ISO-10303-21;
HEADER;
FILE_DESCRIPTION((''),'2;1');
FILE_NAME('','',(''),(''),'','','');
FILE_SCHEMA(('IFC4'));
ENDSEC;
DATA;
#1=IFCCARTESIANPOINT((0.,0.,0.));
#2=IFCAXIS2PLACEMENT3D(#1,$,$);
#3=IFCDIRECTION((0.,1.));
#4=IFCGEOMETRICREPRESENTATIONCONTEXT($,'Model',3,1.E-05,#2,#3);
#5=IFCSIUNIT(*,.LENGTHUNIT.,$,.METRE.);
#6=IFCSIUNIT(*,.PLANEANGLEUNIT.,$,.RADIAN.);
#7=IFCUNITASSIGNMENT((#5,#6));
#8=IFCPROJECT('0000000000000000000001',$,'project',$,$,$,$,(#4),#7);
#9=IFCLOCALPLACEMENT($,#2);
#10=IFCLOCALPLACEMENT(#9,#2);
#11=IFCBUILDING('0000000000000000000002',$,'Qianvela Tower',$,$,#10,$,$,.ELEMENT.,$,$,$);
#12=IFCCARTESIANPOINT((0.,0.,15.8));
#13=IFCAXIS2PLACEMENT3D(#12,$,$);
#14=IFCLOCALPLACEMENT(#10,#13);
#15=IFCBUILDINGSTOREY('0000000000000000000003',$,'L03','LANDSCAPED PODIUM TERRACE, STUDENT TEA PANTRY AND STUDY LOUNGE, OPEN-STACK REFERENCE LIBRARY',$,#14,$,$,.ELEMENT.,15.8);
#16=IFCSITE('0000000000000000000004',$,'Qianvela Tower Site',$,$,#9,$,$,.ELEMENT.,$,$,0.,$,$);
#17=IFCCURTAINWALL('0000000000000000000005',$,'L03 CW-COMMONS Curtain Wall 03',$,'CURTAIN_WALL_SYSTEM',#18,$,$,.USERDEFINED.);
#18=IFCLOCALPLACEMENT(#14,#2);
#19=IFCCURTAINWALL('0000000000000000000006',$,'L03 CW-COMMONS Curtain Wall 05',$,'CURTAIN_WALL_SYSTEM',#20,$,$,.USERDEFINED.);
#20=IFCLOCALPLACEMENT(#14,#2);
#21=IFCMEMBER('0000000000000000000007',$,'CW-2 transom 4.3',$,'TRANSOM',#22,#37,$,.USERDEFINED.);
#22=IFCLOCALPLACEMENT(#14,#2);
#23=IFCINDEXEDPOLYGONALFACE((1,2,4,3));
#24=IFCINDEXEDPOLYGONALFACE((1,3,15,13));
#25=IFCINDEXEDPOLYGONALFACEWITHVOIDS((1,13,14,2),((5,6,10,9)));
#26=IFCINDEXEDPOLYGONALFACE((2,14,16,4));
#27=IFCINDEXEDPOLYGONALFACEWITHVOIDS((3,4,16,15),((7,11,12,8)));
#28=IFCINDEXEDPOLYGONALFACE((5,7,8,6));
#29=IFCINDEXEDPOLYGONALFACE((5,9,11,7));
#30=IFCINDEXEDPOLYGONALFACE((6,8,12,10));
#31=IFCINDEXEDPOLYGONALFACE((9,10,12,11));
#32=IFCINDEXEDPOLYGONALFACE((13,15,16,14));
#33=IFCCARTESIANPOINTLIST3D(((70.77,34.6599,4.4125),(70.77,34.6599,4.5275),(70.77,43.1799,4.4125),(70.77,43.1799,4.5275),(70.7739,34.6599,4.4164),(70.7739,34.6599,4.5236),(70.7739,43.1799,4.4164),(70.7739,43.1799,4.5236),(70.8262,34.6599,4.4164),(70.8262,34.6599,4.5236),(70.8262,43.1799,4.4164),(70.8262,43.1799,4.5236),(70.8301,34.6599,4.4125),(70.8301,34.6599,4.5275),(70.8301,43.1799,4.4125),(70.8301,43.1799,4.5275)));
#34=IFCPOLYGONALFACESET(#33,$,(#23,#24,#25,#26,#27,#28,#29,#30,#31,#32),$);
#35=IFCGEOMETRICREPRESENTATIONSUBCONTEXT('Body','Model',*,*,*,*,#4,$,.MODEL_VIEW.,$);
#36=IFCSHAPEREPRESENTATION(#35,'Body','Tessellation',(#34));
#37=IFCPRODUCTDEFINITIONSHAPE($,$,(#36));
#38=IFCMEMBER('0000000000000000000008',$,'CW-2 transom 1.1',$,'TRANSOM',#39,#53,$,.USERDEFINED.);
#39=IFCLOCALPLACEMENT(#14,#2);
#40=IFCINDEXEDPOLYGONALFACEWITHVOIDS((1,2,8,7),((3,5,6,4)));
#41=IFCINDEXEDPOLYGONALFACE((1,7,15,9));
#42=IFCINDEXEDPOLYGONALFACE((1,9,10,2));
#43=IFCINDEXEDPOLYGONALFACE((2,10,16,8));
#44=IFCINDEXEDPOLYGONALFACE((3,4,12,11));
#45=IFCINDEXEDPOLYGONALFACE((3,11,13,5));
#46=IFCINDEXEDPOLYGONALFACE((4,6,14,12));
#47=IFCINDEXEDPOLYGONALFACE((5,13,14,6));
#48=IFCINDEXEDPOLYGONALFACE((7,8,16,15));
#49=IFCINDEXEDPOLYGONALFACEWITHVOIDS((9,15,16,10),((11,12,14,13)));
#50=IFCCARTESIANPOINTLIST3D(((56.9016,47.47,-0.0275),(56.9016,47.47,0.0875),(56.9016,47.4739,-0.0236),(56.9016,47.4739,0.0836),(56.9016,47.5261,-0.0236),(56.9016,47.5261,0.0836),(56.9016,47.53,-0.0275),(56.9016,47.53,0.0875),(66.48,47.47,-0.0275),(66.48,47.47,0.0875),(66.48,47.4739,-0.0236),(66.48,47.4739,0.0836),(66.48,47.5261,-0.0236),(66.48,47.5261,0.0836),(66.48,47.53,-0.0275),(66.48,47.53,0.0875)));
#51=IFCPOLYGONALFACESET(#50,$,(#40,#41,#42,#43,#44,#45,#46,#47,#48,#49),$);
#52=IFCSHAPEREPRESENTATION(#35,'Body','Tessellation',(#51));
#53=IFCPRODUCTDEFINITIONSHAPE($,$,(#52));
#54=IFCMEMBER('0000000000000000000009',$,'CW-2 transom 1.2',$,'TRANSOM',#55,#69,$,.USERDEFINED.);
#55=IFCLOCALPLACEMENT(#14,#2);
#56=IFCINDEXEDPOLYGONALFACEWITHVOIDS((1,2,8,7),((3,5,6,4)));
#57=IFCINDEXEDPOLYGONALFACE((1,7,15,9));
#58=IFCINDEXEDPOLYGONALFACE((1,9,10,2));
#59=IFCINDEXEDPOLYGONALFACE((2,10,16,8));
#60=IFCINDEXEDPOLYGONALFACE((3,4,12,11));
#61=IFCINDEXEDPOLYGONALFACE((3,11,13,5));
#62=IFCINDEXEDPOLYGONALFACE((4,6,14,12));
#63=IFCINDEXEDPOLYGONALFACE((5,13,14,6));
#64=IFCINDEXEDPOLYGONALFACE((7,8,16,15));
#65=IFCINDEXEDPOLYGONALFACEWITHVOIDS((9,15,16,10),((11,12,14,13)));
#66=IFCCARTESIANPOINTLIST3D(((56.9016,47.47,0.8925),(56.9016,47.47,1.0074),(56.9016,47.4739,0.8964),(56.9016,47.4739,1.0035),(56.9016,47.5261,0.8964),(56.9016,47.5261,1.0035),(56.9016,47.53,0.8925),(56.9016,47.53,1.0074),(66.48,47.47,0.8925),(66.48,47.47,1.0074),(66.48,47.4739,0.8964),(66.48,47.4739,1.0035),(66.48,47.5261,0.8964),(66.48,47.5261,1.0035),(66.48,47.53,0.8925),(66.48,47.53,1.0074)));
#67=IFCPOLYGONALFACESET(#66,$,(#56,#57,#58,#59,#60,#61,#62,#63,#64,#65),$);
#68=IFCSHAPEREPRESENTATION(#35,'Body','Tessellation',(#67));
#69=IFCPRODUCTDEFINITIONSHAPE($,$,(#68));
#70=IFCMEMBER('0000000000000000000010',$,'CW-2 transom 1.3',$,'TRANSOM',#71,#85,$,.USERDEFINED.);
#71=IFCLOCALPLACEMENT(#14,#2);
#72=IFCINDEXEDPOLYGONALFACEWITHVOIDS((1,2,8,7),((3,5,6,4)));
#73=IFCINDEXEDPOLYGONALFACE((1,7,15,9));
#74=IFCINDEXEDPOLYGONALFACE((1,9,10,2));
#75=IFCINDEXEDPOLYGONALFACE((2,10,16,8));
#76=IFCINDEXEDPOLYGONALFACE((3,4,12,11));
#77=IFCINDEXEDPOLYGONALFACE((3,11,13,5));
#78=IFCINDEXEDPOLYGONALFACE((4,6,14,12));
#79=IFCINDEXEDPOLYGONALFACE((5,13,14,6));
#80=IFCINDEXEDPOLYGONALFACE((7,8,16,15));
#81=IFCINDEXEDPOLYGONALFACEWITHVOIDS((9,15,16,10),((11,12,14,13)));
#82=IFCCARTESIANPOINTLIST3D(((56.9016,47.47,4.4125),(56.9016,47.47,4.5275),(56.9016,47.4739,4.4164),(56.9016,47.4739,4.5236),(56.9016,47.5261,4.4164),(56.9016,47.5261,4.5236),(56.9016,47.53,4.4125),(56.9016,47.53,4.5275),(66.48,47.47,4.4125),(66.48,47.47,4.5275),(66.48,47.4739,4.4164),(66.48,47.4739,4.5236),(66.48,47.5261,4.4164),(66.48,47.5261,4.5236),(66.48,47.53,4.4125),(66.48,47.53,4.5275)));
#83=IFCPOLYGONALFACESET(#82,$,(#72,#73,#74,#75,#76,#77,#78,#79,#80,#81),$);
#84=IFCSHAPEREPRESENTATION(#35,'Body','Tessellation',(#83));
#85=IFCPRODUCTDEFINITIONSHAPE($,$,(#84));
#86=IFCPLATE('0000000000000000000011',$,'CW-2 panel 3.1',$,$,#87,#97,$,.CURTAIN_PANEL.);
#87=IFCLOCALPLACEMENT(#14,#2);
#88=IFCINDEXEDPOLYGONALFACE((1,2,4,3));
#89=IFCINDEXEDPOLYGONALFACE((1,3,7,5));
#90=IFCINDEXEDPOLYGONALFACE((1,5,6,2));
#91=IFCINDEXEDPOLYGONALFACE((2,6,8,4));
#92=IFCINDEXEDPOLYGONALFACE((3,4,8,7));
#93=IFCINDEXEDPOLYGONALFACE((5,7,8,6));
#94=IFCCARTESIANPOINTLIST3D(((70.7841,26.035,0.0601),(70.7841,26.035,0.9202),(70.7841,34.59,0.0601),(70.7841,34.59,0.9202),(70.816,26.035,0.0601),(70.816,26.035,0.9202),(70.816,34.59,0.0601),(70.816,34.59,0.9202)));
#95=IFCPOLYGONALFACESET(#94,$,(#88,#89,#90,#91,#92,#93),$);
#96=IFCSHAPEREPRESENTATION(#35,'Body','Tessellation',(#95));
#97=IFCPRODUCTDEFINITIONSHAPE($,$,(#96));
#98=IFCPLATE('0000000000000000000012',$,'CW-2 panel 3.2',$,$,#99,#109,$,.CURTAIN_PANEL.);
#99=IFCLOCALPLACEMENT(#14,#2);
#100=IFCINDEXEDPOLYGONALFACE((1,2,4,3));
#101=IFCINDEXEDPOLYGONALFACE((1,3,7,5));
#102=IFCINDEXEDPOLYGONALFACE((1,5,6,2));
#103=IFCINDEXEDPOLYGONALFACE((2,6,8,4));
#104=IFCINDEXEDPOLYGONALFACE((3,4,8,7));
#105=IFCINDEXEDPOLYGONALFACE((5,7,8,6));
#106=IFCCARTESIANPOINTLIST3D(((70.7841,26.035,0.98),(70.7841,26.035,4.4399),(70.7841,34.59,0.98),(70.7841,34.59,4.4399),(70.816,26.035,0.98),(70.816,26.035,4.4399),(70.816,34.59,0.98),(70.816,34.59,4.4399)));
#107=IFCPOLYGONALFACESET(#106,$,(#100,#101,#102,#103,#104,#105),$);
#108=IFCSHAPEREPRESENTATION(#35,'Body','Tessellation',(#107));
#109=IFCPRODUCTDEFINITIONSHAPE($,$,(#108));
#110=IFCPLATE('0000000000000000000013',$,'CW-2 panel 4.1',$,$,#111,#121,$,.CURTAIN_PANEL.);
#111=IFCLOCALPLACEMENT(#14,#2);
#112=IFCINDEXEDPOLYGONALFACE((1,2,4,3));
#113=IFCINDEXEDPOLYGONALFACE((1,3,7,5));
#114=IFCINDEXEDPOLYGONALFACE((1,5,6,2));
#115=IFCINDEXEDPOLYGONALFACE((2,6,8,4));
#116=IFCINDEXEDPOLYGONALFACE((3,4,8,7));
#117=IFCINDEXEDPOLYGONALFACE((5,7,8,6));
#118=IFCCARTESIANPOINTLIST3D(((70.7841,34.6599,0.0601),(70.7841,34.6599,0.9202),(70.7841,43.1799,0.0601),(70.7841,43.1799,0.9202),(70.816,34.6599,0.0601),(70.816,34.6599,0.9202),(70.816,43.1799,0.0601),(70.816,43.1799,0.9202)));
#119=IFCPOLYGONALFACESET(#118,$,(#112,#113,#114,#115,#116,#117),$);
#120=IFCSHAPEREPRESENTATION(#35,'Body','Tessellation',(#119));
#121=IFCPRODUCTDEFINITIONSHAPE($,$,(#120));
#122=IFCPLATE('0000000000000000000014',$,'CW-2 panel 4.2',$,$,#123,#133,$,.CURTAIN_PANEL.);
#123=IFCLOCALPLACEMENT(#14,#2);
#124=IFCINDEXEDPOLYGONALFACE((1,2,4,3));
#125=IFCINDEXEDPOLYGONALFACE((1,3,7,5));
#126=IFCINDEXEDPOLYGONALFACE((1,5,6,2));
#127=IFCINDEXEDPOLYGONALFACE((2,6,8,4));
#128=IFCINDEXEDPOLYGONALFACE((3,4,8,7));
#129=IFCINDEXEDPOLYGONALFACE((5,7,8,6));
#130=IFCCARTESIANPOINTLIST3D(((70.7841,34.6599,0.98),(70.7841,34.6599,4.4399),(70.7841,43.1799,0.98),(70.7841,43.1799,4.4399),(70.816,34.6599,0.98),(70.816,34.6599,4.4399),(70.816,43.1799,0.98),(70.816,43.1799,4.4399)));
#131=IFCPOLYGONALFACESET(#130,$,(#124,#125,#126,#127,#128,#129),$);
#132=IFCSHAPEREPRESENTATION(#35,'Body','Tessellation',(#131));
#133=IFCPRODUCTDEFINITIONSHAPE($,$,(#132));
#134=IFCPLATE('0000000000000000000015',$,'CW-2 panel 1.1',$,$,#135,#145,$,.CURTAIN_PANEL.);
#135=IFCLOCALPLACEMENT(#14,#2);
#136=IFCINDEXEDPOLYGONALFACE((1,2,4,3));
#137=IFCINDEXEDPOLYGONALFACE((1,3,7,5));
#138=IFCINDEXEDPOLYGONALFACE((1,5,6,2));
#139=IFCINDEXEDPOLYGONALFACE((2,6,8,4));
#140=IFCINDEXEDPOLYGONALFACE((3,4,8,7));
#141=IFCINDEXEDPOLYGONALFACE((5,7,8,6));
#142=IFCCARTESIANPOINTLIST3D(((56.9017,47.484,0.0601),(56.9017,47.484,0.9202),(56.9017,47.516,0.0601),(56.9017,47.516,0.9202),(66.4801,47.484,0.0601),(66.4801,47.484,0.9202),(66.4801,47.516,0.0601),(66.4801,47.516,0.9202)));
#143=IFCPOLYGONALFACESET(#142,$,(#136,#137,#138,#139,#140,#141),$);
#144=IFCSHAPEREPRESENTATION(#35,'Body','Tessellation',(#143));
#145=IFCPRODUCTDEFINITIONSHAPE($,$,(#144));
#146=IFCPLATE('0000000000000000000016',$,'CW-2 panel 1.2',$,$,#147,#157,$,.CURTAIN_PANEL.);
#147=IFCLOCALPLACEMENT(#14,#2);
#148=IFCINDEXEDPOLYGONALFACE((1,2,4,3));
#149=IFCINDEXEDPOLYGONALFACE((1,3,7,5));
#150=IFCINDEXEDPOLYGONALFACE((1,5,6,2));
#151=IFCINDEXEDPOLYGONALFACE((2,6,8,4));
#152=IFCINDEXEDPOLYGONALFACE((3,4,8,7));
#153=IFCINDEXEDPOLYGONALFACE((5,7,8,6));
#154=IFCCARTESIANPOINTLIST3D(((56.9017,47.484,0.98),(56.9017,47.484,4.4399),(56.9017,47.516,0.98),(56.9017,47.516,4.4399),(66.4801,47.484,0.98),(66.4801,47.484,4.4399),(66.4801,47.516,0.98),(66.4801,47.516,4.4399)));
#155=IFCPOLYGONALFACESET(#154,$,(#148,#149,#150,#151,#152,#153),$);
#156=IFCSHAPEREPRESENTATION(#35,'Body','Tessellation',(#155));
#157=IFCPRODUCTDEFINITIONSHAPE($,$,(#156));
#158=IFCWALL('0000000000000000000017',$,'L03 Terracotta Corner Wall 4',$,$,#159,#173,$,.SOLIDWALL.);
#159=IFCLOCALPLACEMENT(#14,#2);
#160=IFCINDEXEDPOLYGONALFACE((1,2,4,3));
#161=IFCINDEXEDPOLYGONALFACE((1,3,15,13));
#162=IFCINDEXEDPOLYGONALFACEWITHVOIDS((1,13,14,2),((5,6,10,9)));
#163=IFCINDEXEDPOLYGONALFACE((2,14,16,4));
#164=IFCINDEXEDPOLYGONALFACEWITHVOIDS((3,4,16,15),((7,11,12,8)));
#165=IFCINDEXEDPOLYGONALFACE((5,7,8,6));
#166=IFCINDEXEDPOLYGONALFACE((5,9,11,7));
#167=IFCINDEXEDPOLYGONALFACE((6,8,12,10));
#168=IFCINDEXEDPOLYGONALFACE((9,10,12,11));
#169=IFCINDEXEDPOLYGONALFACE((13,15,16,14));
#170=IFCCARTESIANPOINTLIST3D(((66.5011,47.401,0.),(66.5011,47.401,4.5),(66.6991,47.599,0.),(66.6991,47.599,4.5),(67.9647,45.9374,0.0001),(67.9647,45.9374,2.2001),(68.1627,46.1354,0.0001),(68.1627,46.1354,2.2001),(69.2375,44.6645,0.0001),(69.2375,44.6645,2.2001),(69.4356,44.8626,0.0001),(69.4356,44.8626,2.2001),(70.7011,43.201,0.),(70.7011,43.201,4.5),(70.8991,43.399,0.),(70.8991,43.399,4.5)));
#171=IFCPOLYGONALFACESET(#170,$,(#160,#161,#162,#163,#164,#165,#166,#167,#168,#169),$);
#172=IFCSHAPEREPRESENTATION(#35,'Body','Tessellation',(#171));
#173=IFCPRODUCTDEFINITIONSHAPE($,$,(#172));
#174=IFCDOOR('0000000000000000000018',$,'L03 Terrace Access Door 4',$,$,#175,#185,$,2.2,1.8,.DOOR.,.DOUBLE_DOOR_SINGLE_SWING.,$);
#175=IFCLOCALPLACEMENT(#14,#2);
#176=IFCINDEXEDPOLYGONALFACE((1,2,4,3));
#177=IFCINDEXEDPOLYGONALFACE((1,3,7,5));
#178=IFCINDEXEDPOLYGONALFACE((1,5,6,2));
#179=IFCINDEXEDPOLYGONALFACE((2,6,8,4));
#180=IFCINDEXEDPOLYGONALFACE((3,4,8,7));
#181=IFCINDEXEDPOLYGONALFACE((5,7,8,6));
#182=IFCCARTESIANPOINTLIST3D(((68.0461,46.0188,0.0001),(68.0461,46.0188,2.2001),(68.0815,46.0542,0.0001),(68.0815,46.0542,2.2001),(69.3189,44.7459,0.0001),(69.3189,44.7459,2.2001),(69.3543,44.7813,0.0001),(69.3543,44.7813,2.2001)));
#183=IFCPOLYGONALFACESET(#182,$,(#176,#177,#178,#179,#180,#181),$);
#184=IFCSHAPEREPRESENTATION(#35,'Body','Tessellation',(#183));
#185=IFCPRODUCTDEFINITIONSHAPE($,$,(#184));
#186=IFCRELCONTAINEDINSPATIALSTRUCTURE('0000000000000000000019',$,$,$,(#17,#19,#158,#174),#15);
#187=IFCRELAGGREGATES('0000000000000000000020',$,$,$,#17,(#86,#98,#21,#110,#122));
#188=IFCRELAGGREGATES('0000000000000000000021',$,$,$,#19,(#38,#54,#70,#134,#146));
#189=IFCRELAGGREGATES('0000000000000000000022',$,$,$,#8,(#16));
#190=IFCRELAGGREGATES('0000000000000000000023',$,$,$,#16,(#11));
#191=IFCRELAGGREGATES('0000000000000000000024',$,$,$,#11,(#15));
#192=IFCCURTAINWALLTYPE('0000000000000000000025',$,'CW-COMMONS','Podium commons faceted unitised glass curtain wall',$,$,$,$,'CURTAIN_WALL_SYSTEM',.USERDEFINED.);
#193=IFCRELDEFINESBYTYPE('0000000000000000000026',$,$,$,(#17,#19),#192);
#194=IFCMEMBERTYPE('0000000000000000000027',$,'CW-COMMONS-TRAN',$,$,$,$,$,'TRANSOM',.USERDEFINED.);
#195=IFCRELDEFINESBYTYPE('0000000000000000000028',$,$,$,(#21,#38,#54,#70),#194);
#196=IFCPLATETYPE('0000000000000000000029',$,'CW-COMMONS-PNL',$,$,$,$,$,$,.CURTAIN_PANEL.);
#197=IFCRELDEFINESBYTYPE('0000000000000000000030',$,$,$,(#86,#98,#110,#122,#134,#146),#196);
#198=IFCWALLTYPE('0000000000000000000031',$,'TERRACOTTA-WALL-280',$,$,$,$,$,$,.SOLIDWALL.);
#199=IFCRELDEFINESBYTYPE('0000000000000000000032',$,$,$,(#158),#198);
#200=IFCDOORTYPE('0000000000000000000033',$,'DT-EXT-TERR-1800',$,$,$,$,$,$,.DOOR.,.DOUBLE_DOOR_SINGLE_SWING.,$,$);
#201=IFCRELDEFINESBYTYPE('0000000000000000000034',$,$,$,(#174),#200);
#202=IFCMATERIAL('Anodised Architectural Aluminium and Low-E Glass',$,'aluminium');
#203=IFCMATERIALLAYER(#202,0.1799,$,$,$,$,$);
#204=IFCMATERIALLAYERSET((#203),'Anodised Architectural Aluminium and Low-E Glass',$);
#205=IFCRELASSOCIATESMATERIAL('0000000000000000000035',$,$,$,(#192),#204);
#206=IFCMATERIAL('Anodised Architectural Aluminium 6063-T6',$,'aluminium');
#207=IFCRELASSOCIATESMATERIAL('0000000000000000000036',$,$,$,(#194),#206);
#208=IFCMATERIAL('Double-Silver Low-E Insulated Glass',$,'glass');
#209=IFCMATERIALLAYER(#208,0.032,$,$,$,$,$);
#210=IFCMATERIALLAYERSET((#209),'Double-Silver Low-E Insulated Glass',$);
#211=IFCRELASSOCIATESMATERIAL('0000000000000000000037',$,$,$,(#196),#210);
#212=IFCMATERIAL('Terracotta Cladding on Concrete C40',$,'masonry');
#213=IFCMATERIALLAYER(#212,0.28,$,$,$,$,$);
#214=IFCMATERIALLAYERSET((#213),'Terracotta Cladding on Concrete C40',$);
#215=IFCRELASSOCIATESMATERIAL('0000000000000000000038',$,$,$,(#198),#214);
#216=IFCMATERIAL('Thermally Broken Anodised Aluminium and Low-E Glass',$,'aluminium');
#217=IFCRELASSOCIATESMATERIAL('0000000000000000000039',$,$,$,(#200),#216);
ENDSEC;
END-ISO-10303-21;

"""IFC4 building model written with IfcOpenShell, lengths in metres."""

from ifc_helpers import new_model, si_unit, direction, frame, frame_2d, origin, origin_2d, place, context, subcontext, project, spatial, rectangle, hollow_rectangle, extrude, material, layer, layer_set, material_profile, profile_set, type_object, element, fill, aggregate, save


model = new_model("IFC4")

# Units and contexts
model_context = context("Model", 3, precision=1e-05, world=origin(), true_north=direction((0.0, 1.0)))
body_context = subcontext(model_context, "Body", "Model", "MODEL_VIEW")
ifc_project = project(units=[si_unit("LENGTHUNIT", "METRE"), si_unit("PLANEANGLEUNIT", "RADIAN")], contexts=[model_context])

# Site, building, storey
site_placement = place(None, origin())
site = spatial("IfcSite", under=ifc_project, at=site_placement, Name="Qianvela Tower Site", CompositionType="ELEMENT", RefElevation=0.0)
building_placement = place(site_placement, origin())
building = spatial("IfcBuilding", under=site, at=building_placement, Name="Qianvela Tower", CompositionType="ELEMENT")
storey_placement = place(building_placement, frame((0.0, 0.0, 15.8)))
storey = spatial("IfcBuildingStorey", under=building, at=storey_placement, Name="L03", Description="LANDSCAPED PODIUM TERRACE, STUDENT TEA PANTRY AND STUDY LOUNGE, OPEN-STACK REFERENCE LIBRARY", CompositionType="ELEMENT", Elevation=15.8)

# Curtain wall
ifc_material_1 = material(Name="Anodised Architectural Aluminium and Low-E Glass", Category="aluminium")
ifc_layer_1 = layer(ifc_material_1, 0.1799)
ifc_layer_set_1 = layer_set([ifc_layer_1], Name="Anodised Architectural Aluminium and Low-E Glass")
curtain_wall_type = type_object("IfcCurtainWallType", Name="CW-COMMONS", Description="Podium commons faceted unitised glass curtain wall", ElementType="CURTAIN_WALL_SYSTEM", PredefinedType="USERDEFINED", material=ifc_layer_set_1)
curtain_wall_1_placement = place(storey_placement, origin())
curtain_wall_1 = element("IfcCurtainWall", 1, at=curtain_wall_1_placement, inside=storey, type_object=curtain_wall_type, Name="L03 CW-COMMONS Curtain Wall 03", ObjectType="CURTAIN_WALL_SYSTEM", PredefinedType="USERDEFINED")

# Curtain wall
curtain_wall_2_placement = place(storey_placement, origin())
curtain_wall_2 = element("IfcCurtainWall", 2, at=curtain_wall_2_placement, inside=storey, type_object=curtain_wall_type, Name="L03 CW-COMMONS Curtain Wall 05", ObjectType="CURTAIN_WALL_SYSTEM", PredefinedType="USERDEFINED")

# Members
ifc_material_2 = material(Name="Anodised Architectural Aluminium 6063-T6", Category="aluminium")
ifc_material_profile_1 = material_profile(ifc_material_2, hollow_rectangle(XDim=0.0601, YDim=0.115, WallThickness=0.0039, at=origin_2d()), Name="ALU-TRAN-60x115")
ifc_profile_set_1 = profile_set([ifc_material_profile_1], Name="Anodised Architectural Aluminium 6063-T6")
member_type_1 = type_object("IfcMemberType", Name="CW-COMMONS-TRAN", ElementType="TRANSOM", PredefinedType="USERDEFINED", material=ifc_profile_set_1)
member_1_placement = place(storey_placement, frame((70.8, 34.6599, 4.47), z_axis=(0.0, 1.0, 0.0), x_axis=(-1.0, 0.0, 0.0)))
member_1 = element("IfcMember", 3, at=member_1_placement, type_object=member_type_1, Name="CW-2 transom 4.3", ObjectType="TRANSOM", PredefinedType="USERDEFINED", context=body_context, shape_type="SweptSolid", body=[
    extrude(hollow_rectangle(XDim=0.0601, YDim=0.115, WallThickness=0.0039, at=origin_2d()), origin(), (0.0, 0.0, 1.0), 8.52),
])
member_2_placement = place(storey_placement, frame((66.48, 47.5, 0.03), z_axis=(-1.0, 0.0, 0.0), x_axis=(0.0, -1.0, 0.0)))
member_2 = element("IfcMember", 4, at=member_2_placement, type_object=member_type_1, Name="CW-2 transom 1.1", ObjectType="TRANSOM", PredefinedType="USERDEFINED", context=body_context, shape_type="SweptSolid", body=[
    extrude(hollow_rectangle(XDim=0.0601, YDim=0.115, WallThickness=0.0039, at=origin_2d()), origin(), (0.0, 0.0, 1.0), 9.5784),
])
member_3_placement = place(storey_placement, frame((66.48, 47.5, 0.95), z_axis=(-1.0, 0.0, 0.0), x_axis=(0.0, -1.0, 0.0)))
member_3 = element("IfcMember", 5, at=member_3_placement, type_object=member_type_1, Name="CW-2 transom 1.2", ObjectType="TRANSOM", PredefinedType="USERDEFINED", context=body_context, shape_type="SweptSolid", body=[
    extrude(hollow_rectangle(XDim=0.0601, YDim=0.115, WallThickness=0.0039, at=origin_2d()), origin(), (0.0, 0.0, 1.0), 9.5784),
])
member_4_placement = place(storey_placement, frame((66.48, 47.5, 4.47), z_axis=(-1.0, 0.0, 0.0), x_axis=(0.0, -1.0, 0.0)))
member_4 = element("IfcMember", 6, at=member_4_placement, type_object=member_type_1, Name="CW-2 transom 1.3", ObjectType="TRANSOM", PredefinedType="USERDEFINED", context=body_context, shape_type="SweptSolid", body=[
    extrude(hollow_rectangle(XDim=0.0601, YDim=0.115, WallThickness=0.0039, at=origin_2d()), origin(), (0.0, 0.0, 1.0), 9.5784),
])

# Plates
ifc_material_3 = material(Name="Double-Silver Low-E Insulated Glass", Category="glass")
ifc_layer_2 = layer(ifc_material_3, 0.032)
ifc_layer_set_2 = layer_set([ifc_layer_2], Name="Double-Silver Low-E Insulated Glass")
plate_type = type_object("IfcPlateType", Name="CW-COMMONS-PNL", PredefinedType="CURTAIN_PANEL", material=ifc_layer_set_2)
plate_1_placement = place(storey_placement, frame((70.8, 30.3125, 0.0601), z_axis=(0.0, 0.0, 1.0), x_axis=(0.0, 1.0, 0.0)))
plate_1 = element("IfcPlate", 7, at=plate_1_placement, type_object=plate_type, Name="CW-2 panel 3.1", PredefinedType="CURTAIN_PANEL", context=body_context, shape_type="SweptSolid", body=[
    extrude(rectangle(XDim=8.5549, YDim=0.032, at=origin_2d()), origin(), (0.0, 0.0, 1.0), 0.8601),
])
plate_2_placement = place(storey_placement, frame((70.8, 30.3125, 0.98), z_axis=(0.0, 0.0, 1.0), x_axis=(0.0, 1.0, 0.0)))
plate_2 = element("IfcPlate", 8, at=plate_2_placement, type_object=plate_type, Name="CW-2 panel 3.2", PredefinedType="CURTAIN_PANEL", context=body_context, shape_type="SweptSolid", body=[
    extrude(rectangle(XDim=8.5549, YDim=0.032, at=origin_2d()), origin(), (0.0, 0.0, 1.0), 3.46),
])
plate_3_placement = place(storey_placement, frame((70.8, 38.9199, 0.0601), z_axis=(0.0, 0.0, 1.0), x_axis=(0.0, 1.0, 0.0)))
plate_3 = element("IfcPlate", 9, at=plate_3_placement, type_object=plate_type, Name="CW-2 panel 4.1", PredefinedType="CURTAIN_PANEL", context=body_context, shape_type="SweptSolid", body=[
    extrude(rectangle(XDim=8.52, YDim=0.032, at=origin_2d()), origin(), (0.0, 0.0, 1.0), 0.8601),
])
plate_4_placement = place(storey_placement, frame((70.8, 38.9199, 0.98), z_axis=(0.0, 0.0, 1.0), x_axis=(0.0, 1.0, 0.0)))
plate_4 = element("IfcPlate", 10, at=plate_4_placement, type_object=plate_type, Name="CW-2 panel 4.2", PredefinedType="CURTAIN_PANEL", context=body_context, shape_type="SweptSolid", body=[
    extrude(rectangle(XDim=8.52, YDim=0.032, at=origin_2d()), origin(), (0.0, 0.0, 1.0), 3.46),
])
aggregate(curtain_wall_1, [plate_1, plate_2, member_1, plate_3, plate_4])
plate_5_placement = place(storey_placement, frame((61.6909, 47.5, 0.0601), z_axis=(0.0, 0.0, 1.0), x_axis=(-1.0, 0.0, 0.0)))
plate_5 = element("IfcPlate", 11, at=plate_5_placement, type_object=plate_type, Name="CW-2 panel 1.1", PredefinedType="CURTAIN_PANEL", context=body_context, shape_type="SweptSolid", body=[
    extrude(rectangle(XDim=9.5784, YDim=0.032, at=origin_2d()), origin(), (0.0, 0.0, 1.0), 0.8601),
])
plate_6_placement = place(storey_placement, frame((61.6909, 47.5, 0.98), z_axis=(0.0, 0.0, 1.0), x_axis=(-1.0, 0.0, 0.0)))
plate_6 = element("IfcPlate", 12, at=plate_6_placement, type_object=plate_type, Name="CW-2 panel 1.2", PredefinedType="CURTAIN_PANEL", context=body_context, shape_type="SweptSolid", body=[
    extrude(rectangle(XDim=9.5784, YDim=0.032, at=origin_2d()), origin(), (0.0, 0.0, 1.0), 3.46),
])
aggregate(curtain_wall_2, [member_2, member_3, member_4, plate_5, plate_6])

# Wall, opening, door
ifc_material_4 = material(Name="Terracotta Cladding on Concrete C40", Category="masonry")
ifc_layer_3 = layer(ifc_material_4, 0.28)
ifc_layer_set_3 = layer_set([ifc_layer_3], Name="Terracotta Cladding on Concrete C40")
wall_type_1 = type_object("IfcWallType", Name="TERRACOTTA-WALL-280", PredefinedType="SOLIDWALL", material=ifc_layer_set_3)
wall_1_placement = place(storey_placement, frame((70.8, 43.3, 0.0), z_axis=(0.0, 0.0, 1.0), x_axis=(-0.707107, 0.707107, 0.0)))
wall_1 = element("IfcWall", 13, at=wall_1_placement, inside=storey, type_object=wall_type_1, Name="L03 Terracotta Corner Wall 4", PredefinedType="SOLIDWALL", context=body_context, shape_type="SweptSolid", body=[
    extrude(rectangle(XDim=5.9397, YDim=0.28, at=frame_2d((2.9697, 0.0))), origin(), (0.0, 0.0, 1.0), 4.5),
])
opening_placement = place(wall_1_placement, frame((2.0698, 0.0, 0.0)))
opening = element("IfcOpeningElement", 14, at=opening_placement, cuts=wall_1, PredefinedType="OPENING", context=body_context, shape_type="SweptSolid", body=[
    extrude(rectangle(XDim=1.8, YDim=2.2, at=frame_2d((0.8999, 1.1001))), frame((0.0, 0.1499, 0.0), z_axis=(0.0, -1.0, 0.0), x_axis=(1.0, 0.0, 0.0)), (0.0, 0.0, 1.0), 0.3),
])
ifc_material_5 = material(Name="Thermally Broken Anodised Aluminium and Low-E Glass", Category="aluminium")
door_type = type_object("IfcDoorType", Name="DT-EXT-TERR-1800", OperationType="DOUBLE_DOOR_SINGLE_SWING", PredefinedType="DOOR", material=ifc_material_5)
door_placement = place(opening_placement, origin())
door = element("IfcDoor", 15, at=door_placement, inside=storey, type_object=door_type, Name="L03 Terrace Access Door 4", OperationType="DOUBLE_DOOR_SINGLE_SWING", OverallHeight=2.2, OverallWidth=1.8, PredefinedType="DOOR", context=body_context, shape_type="SweptSolid", body=[
    extrude(rectangle(XDim=1.8, YDim=2.2, at=frame_2d((0.8999, 1.1001))), frame((0.0, 0.0249, 0.0), z_axis=(0.0, -1.0, 0.0), x_axis=(1.0, 0.0, 0.0)), (0.0, 0.0, 1.0), 0.05),
])
fill(opening, door)

save(model, "model.ifc")
